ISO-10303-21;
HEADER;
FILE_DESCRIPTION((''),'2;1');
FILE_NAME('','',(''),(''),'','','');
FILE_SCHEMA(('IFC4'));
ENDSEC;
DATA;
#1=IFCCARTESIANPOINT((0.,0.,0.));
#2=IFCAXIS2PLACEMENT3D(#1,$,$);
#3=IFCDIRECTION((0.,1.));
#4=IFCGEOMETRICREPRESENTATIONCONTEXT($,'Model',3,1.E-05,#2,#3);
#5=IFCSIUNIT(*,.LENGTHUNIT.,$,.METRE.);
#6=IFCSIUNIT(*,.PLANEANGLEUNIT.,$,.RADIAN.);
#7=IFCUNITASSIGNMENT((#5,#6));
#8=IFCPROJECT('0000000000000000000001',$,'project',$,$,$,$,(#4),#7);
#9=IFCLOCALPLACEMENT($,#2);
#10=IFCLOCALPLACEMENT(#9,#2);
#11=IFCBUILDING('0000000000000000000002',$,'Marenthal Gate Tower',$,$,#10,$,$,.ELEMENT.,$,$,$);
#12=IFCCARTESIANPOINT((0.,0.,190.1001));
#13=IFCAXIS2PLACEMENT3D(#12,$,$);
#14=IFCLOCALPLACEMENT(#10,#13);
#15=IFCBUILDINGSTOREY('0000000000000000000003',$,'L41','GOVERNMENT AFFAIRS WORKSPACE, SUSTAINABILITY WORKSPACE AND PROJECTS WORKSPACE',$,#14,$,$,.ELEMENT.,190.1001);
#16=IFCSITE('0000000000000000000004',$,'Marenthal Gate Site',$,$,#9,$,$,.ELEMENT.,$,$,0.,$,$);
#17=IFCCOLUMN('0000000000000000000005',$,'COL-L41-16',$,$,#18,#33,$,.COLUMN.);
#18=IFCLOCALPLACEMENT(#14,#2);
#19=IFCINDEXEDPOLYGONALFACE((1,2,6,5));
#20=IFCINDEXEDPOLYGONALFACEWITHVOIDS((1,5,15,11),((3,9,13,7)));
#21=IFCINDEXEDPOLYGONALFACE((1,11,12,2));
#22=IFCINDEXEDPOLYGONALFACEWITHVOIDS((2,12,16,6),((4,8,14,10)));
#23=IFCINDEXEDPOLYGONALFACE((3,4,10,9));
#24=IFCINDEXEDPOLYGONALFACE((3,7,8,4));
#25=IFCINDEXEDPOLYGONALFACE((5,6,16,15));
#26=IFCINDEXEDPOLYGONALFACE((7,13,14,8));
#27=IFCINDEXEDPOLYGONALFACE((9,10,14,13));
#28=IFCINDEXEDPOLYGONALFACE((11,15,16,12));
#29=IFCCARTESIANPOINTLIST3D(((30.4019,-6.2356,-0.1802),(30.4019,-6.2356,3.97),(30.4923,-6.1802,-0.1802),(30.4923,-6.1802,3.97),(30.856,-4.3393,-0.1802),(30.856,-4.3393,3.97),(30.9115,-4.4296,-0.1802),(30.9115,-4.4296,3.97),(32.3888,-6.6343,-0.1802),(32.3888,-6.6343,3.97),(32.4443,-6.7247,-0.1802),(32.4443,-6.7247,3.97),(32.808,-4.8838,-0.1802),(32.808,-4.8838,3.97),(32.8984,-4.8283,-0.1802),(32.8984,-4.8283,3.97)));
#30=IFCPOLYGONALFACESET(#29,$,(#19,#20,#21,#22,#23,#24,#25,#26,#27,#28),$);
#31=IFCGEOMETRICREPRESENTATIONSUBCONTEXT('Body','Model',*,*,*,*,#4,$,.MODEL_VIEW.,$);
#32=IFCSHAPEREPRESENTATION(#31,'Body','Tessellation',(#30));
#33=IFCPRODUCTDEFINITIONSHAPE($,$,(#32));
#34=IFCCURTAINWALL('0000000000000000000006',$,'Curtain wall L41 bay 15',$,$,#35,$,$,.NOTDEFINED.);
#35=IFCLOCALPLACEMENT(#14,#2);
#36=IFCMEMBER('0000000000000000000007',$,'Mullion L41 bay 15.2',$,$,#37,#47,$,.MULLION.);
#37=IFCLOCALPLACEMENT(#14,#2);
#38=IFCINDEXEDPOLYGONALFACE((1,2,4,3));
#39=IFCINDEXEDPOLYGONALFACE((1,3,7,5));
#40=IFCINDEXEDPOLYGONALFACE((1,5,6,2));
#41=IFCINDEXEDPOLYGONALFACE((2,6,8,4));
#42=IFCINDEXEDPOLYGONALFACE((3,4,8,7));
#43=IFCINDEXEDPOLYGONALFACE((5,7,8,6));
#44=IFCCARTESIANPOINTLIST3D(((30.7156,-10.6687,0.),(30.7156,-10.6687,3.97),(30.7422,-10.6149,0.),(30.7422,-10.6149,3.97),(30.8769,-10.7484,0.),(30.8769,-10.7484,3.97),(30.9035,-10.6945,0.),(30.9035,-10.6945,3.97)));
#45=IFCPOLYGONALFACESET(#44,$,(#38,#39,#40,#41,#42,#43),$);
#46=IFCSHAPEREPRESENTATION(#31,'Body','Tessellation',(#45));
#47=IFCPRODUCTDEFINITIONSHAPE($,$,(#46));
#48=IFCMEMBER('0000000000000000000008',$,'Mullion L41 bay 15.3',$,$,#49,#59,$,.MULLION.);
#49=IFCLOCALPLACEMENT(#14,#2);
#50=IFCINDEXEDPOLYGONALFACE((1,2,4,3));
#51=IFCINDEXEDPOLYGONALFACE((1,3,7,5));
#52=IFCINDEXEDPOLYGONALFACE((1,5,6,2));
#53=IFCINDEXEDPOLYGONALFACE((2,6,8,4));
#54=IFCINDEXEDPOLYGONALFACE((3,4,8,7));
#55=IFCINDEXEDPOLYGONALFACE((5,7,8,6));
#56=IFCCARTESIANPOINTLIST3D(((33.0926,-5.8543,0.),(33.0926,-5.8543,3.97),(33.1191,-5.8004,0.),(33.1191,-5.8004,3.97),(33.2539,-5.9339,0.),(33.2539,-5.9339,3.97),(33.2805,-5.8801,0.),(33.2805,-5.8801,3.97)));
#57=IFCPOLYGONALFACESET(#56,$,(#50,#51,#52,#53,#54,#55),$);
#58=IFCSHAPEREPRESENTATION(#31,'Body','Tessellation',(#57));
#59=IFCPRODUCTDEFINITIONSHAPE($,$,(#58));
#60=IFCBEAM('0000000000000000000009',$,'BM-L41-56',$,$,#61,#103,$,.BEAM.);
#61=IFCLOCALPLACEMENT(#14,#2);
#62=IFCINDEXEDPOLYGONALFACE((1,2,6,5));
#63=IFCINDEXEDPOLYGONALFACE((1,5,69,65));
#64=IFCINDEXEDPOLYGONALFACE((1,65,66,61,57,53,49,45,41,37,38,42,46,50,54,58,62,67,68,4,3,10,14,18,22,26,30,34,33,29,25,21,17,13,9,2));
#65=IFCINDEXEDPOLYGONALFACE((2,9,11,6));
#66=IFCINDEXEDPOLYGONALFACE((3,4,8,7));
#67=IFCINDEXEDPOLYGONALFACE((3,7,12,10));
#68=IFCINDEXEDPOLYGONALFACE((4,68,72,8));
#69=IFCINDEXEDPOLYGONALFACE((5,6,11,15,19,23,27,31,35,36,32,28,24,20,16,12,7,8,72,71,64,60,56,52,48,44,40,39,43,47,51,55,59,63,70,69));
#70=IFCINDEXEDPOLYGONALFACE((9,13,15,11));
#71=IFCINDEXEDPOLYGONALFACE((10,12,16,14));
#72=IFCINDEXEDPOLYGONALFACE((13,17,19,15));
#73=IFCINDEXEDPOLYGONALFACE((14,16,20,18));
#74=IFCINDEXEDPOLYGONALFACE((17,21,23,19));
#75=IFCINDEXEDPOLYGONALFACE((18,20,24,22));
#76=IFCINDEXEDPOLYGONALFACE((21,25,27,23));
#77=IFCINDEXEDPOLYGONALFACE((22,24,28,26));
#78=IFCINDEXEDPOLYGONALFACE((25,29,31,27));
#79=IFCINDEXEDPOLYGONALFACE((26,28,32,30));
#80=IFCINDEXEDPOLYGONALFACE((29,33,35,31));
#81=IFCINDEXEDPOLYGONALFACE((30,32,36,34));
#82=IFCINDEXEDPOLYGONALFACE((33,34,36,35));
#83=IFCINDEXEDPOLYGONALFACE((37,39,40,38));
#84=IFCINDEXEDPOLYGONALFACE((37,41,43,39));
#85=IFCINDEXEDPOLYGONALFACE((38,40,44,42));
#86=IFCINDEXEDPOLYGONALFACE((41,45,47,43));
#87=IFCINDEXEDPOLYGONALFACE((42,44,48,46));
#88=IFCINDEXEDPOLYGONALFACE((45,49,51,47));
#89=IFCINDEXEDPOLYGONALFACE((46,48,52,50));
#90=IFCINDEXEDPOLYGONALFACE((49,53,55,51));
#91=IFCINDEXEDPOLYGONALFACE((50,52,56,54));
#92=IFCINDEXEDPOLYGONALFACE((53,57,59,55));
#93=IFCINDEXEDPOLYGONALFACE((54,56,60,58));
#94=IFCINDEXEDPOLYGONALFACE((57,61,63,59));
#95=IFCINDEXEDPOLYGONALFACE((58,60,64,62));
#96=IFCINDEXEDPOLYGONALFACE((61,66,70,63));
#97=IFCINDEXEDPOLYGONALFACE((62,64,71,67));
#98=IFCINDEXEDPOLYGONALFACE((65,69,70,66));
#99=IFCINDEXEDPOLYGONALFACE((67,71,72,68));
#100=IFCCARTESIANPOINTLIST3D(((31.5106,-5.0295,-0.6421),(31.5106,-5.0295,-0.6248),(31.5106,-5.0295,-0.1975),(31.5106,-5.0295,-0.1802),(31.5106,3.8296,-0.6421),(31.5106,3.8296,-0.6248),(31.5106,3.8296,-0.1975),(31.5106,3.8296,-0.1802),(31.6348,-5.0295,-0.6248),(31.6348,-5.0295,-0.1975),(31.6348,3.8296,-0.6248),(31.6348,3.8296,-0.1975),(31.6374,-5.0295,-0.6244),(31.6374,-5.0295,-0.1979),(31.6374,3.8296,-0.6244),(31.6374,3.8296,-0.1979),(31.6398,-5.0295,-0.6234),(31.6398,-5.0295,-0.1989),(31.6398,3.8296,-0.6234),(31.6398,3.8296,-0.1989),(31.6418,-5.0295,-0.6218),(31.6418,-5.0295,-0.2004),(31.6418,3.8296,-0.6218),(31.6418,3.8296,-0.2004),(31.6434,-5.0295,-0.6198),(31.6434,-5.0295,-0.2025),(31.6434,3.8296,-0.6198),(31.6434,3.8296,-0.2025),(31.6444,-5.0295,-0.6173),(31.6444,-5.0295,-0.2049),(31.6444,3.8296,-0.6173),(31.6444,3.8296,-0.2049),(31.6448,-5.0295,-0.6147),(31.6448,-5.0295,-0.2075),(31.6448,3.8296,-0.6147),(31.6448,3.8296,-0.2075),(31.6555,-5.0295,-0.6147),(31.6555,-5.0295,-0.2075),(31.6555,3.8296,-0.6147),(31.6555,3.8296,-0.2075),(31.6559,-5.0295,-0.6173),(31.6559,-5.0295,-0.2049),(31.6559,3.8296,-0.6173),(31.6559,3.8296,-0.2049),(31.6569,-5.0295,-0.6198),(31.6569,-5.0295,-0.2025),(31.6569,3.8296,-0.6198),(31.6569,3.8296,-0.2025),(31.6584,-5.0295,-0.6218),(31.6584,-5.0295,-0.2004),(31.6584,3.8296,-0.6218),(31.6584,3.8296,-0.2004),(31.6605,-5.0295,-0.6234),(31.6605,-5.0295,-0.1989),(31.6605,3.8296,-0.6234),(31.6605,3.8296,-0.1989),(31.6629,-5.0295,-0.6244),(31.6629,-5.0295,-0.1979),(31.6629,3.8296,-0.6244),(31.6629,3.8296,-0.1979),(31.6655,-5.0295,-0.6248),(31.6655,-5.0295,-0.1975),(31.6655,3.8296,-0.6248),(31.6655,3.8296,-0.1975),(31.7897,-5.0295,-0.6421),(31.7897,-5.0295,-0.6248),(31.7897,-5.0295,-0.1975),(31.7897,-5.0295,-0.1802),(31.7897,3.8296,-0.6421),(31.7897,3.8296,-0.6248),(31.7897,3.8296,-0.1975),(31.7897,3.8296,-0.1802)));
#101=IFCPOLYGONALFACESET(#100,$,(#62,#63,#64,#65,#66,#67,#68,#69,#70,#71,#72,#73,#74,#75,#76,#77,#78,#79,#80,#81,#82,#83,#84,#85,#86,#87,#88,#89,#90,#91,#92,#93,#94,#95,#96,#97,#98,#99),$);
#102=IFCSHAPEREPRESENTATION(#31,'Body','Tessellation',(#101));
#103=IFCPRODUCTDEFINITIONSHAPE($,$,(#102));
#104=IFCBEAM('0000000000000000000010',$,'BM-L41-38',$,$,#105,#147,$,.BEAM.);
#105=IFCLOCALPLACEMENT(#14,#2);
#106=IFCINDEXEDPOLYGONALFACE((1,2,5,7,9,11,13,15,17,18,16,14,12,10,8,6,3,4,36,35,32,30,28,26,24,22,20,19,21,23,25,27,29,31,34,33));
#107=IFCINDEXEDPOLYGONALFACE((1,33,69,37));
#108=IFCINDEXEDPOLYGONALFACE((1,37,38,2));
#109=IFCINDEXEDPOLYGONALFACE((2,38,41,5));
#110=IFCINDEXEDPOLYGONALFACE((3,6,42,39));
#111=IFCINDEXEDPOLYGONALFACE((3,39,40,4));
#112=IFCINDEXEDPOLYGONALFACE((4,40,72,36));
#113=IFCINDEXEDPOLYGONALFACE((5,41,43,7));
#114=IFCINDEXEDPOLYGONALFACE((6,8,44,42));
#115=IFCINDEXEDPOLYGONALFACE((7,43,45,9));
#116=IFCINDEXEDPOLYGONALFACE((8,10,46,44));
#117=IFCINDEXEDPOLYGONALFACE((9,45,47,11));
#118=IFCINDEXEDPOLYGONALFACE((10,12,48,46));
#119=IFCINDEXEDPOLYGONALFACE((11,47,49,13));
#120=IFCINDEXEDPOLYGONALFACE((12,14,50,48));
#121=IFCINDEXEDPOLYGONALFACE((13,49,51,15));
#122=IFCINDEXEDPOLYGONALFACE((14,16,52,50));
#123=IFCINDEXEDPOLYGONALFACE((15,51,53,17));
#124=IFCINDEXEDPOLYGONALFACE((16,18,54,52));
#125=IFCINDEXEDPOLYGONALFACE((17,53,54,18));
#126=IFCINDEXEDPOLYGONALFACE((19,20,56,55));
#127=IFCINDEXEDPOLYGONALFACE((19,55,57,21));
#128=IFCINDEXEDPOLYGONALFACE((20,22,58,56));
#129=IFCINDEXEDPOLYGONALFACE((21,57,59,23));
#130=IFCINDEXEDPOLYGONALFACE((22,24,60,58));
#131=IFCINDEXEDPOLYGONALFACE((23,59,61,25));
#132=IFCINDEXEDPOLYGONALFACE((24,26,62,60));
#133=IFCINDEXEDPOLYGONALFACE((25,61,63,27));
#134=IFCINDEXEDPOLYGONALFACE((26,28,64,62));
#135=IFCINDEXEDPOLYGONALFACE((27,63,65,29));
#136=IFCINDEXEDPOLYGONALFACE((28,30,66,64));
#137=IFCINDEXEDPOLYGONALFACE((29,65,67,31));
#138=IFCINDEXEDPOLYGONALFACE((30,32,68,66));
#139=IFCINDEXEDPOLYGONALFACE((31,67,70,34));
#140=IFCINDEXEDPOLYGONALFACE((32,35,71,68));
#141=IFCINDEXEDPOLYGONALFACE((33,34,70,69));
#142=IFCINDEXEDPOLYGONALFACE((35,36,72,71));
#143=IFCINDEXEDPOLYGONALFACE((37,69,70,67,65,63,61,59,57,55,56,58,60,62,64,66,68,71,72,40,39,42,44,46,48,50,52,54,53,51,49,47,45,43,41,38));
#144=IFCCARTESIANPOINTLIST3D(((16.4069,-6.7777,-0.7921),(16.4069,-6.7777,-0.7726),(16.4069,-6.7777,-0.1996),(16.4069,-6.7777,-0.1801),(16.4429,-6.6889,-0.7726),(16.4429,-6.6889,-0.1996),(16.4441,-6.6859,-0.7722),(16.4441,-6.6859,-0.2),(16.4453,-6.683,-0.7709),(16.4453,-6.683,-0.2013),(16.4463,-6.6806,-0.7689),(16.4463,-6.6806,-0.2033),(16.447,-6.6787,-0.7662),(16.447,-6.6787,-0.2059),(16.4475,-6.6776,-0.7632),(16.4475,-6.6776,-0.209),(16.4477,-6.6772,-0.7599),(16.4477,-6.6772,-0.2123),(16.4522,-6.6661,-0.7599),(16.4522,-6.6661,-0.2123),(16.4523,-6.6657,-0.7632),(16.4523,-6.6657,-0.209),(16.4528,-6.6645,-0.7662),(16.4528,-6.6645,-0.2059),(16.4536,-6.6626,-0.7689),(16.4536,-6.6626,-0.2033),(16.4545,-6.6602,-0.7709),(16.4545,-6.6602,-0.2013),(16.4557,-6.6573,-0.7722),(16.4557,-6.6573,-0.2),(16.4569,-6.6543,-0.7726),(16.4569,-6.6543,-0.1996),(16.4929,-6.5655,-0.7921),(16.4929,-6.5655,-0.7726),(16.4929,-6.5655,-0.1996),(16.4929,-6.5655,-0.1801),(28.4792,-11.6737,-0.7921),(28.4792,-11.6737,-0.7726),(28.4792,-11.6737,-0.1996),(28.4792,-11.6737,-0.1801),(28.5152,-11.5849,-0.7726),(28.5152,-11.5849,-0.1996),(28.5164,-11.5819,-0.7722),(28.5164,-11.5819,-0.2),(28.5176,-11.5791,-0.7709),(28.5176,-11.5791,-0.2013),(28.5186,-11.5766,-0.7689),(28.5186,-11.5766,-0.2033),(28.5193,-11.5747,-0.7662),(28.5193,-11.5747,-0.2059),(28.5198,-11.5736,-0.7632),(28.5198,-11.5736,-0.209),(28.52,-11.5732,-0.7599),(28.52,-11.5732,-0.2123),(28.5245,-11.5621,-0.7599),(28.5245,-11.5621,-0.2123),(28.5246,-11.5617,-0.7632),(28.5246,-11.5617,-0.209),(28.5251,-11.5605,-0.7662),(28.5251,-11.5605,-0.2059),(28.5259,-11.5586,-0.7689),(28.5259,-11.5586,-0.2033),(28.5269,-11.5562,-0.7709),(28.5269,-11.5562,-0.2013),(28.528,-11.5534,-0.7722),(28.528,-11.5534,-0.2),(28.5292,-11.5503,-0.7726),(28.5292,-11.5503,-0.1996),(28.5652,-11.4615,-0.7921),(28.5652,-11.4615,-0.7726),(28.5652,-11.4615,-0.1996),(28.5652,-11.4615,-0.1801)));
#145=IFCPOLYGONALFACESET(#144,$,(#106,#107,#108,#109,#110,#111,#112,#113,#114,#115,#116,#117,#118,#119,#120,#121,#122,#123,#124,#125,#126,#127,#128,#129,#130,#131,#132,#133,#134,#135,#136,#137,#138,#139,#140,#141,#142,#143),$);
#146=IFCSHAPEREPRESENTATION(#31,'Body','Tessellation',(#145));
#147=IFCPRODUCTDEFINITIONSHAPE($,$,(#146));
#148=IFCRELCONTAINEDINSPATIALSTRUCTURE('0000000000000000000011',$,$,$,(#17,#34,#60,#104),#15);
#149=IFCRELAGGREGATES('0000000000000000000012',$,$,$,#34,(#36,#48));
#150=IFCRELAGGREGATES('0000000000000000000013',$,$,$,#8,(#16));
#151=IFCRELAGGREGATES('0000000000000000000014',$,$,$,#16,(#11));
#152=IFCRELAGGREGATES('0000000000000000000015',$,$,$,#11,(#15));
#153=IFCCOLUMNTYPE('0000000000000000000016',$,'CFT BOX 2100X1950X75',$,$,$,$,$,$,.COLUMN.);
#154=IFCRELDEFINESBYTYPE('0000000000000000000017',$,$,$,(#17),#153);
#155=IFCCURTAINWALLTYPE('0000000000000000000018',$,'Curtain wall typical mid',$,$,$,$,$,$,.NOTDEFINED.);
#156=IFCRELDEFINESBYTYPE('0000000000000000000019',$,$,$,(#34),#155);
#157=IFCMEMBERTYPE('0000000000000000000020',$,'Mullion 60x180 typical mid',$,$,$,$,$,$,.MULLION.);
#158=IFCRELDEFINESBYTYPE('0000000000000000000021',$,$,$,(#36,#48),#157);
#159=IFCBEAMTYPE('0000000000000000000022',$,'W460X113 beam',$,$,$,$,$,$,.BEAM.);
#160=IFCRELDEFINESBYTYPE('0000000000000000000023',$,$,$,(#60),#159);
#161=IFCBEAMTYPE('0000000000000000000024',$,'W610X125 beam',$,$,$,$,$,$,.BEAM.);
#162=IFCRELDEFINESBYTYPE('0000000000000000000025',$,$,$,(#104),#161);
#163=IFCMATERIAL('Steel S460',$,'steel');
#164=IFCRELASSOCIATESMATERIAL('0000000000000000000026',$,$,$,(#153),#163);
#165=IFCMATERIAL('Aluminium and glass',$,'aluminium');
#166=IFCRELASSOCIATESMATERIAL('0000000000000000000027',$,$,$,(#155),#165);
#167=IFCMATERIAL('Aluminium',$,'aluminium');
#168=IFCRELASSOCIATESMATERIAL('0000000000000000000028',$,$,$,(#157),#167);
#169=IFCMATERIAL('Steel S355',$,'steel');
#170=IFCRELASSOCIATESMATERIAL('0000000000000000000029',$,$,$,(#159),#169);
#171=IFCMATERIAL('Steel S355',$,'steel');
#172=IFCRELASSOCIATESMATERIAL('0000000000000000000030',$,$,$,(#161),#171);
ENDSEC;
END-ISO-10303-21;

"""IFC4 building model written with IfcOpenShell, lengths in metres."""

from ifc_helpers import new_model, si_unit, direction, frame, origin, origin_2d, place, context, subcontext, project, spatial, rectangle, hollow_rectangle, i_section, extrude, material, material_profile, profile_set, type_object, element, aggregate, save


model = new_model("IFC4")

# Units and contexts
model_context = context("Model", 3, precision=1e-05, world=origin(), true_north=direction((0.0, 1.0)))
body_context = subcontext(model_context, "Body", "Model", "MODEL_VIEW")
ifc_project = project(units=[si_unit("LENGTHUNIT", "METRE"), si_unit("PLANEANGLEUNIT", "RADIAN")], contexts=[model_context])

# Site, building, storey
site_placement = place(None, origin())
site = spatial("IfcSite", under=ifc_project, at=site_placement, Name="Marenthal Gate Site", CompositionType="ELEMENT", RefElevation=0.0)
building_placement = place(site_placement, origin())
building = spatial("IfcBuilding", under=site, at=building_placement, Name="Marenthal Gate Tower", CompositionType="ELEMENT")
storey_placement = place(building_placement, frame((0.0, 0.0, 190.1001)))
storey = spatial("IfcBuildingStorey", under=building, at=storey_placement, Name="L41", Description="GOVERNMENT AFFAIRS WORKSPACE, SUSTAINABILITY WORKSPACE AND PROJECTS WORKSPACE", CompositionType="ELEMENT", Elevation=190.1001)

# Column
ifc_material_1 = material(Name="Steel S460", Category="steel")
ifc_material_profile_1 = material_profile(ifc_material_1, hollow_rectangle(XDim=1.95, YDim=2.1001, WallThickness=0.075, at=origin_2d()), Name="CFT BOX 2100X1950X75")
ifc_material_2 = material(Name="Concrete 70 MPa", Category="concrete")
ifc_material_profile_2 = material_profile(ifc_material_2, rectangle(XDim=1.8, YDim=1.95, at=origin_2d()), Name="CFT BOX 2100X1950X75 INFILL")
ifc_profile_set_1 = profile_set([ifc_material_profile_1, ifc_material_profile_2], Name="Steel S460 shell, Concrete 70 MPa infill")
column_type = type_object("IfcColumnType", Name="CFT BOX 2100X1950X75", PredefinedType="COLUMN", material=ifc_profile_set_1)
column_placement = place(storey_placement, frame((31.6501, -5.532, -0.1802), z_axis=(0.0, 0.0, 1.0), x_axis=(-0.23288, -0.972505, 0.0)))
element("IfcColumn", 1, at=column_placement, inside=storey, type_object=column_type, Name="COL-L41-16", PredefinedType="COLUMN", context=body_context, shape_type="SweptSolid", body=[
    extrude(hollow_rectangle(XDim=1.95, YDim=2.1001, WallThickness=0.075, at=origin_2d()), origin(), (0.0, 0.0, 1.0), 4.1501),
])

# Curtain wall, members
ifc_material_3 = material(Name="Aluminium and glass", Category="aluminium")
curtain_wall_type = type_object("IfcCurtainWallType", Name="Curtain wall typical mid", PredefinedType="NOTDEFINED", material=ifc_material_3)
curtain_wall_placement = place(storey_placement, origin())
curtain_wall = element("IfcCurtainWall", 2, at=curtain_wall_placement, inside=storey, type_object=curtain_wall_type, Name="Curtain wall L41 bay 15", PredefinedType="NOTDEFINED")
ifc_material_4 = material(Name="Aluminium", Category="aluminium")
ifc_material_profile_3 = material_profile(ifc_material_4, rectangle(XDim=0.1799, YDim=0.0601, at=origin_2d()), Name="60x180 aluminium mullion")
ifc_profile_set_2 = profile_set([ifc_material_profile_3], Name="Aluminium")
member_type = type_object("IfcMemberType", Name="Mullion 60x180 typical mid", PredefinedType="MULLION", material=ifc_profile_set_2)
member_1_placement = place(storey_placement, frame((30.8096, -10.6816, 0.0), z_axis=(0.0, 0.0, 1.0), x_axis=(-0.896681, 0.442678, 0.0)))
member_1 = element("IfcMember", 3, at=member_1_placement, type_object=member_type, Name="Mullion L41 bay 15.2", PredefinedType="MULLION", context=body_context, shape_type="SweptSolid", body=[
    extrude(rectangle(XDim=0.1799, YDim=0.0601, at=origin_2d()), origin(), (0.0, 0.0, 1.0), 3.97),
])
member_2_placement = place(storey_placement, frame((33.1865, -5.8672, 0.0), z_axis=(0.0, 0.0, 1.0), x_axis=(-0.896681, 0.442678, 0.0)))
member_2 = element("IfcMember", 4, at=member_2_placement, type_object=member_type, Name="Mullion L41 bay 15.3", PredefinedType="MULLION", context=body_context, shape_type="SweptSolid", body=[
    extrude(rectangle(XDim=0.1799, YDim=0.0601, at=origin_2d()), origin(), (0.0, 0.0, 1.0), 3.97),
])

# Beams
ifc_material_5 = material(Name="Steel S355", Category="steel")
ifc_material_profile_4 = material_profile(ifc_material_5, i_section(OverallWidth=0.2791, OverallDepth=0.4619, WebThickness=0.0107, FlangeThickness=0.0173, FilletRadius=0.01, at=origin_2d()), Name="W460X113")
ifc_profile_set_3 = profile_set([ifc_material_profile_4], Name="Steel S355")
beam_type_1 = type_object("IfcBeamType", Name="W460X113 beam", PredefinedType="BEAM", material=ifc_profile_set_3)
beam_1_placement = place(storey_placement, frame((31.6501, -5.0295, -0.4111), z_axis=(0.0, 1.0, 0.0), x_axis=(-1.0, 0.0, 0.0)))
element("IfcBeam", 5, at=beam_1_placement, inside=storey, type_object=beam_type_1, Name="BM-L41-56", PredefinedType="BEAM", context=body_context, shape_type="SweptSolid", body=[
    extrude(i_section(OverallWidth=0.2791, OverallDepth=0.4619, WebThickness=0.0107, FlangeThickness=0.0173, FilletRadius=0.01, at=origin_2d()), origin(), (0.0, 0.0, 1.0), 8.8591),
])
ifc_material_6 = material(Name="Steel S355", Category="steel")
ifc_material_profile_5 = material_profile(ifc_material_6, i_section(OverallWidth=0.229, OverallDepth=0.6121, WebThickness=0.012, FlangeThickness=0.0195, FilletRadius=0.0127, at=origin_2d()), Name="W610X125")
ifc_profile_set_4 = profile_set([ifc_material_profile_5], Name="Steel S355")
beam_type_2 = type_object("IfcBeamType", Name="W610X125 beam", PredefinedType="BEAM", material=ifc_profile_set_4)
beam_2_placement = place(storey_placement, frame((28.5222, -11.5676, -0.4861), z_axis=(-0.92669, 0.375826, 0.0), x_axis=(-0.375826, -0.92669, 0.0)))
element("IfcBeam", 6, at=beam_2_placement, inside=storey, type_object=beam_type_2, Name="BM-L41-38", PredefinedType="BEAM", context=body_context, shape_type="SweptSolid", body=[
    extrude(i_section(OverallWidth=0.229, OverallDepth=0.6121, WebThickness=0.012, FlangeThickness=0.0195, FilletRadius=0.0127, at=origin_2d()), origin(), (0.0, 0.0, 1.0), 13.0273),
])

aggregate(curtain_wall, [member_1, member_2])

save(model, "model.ifc")
